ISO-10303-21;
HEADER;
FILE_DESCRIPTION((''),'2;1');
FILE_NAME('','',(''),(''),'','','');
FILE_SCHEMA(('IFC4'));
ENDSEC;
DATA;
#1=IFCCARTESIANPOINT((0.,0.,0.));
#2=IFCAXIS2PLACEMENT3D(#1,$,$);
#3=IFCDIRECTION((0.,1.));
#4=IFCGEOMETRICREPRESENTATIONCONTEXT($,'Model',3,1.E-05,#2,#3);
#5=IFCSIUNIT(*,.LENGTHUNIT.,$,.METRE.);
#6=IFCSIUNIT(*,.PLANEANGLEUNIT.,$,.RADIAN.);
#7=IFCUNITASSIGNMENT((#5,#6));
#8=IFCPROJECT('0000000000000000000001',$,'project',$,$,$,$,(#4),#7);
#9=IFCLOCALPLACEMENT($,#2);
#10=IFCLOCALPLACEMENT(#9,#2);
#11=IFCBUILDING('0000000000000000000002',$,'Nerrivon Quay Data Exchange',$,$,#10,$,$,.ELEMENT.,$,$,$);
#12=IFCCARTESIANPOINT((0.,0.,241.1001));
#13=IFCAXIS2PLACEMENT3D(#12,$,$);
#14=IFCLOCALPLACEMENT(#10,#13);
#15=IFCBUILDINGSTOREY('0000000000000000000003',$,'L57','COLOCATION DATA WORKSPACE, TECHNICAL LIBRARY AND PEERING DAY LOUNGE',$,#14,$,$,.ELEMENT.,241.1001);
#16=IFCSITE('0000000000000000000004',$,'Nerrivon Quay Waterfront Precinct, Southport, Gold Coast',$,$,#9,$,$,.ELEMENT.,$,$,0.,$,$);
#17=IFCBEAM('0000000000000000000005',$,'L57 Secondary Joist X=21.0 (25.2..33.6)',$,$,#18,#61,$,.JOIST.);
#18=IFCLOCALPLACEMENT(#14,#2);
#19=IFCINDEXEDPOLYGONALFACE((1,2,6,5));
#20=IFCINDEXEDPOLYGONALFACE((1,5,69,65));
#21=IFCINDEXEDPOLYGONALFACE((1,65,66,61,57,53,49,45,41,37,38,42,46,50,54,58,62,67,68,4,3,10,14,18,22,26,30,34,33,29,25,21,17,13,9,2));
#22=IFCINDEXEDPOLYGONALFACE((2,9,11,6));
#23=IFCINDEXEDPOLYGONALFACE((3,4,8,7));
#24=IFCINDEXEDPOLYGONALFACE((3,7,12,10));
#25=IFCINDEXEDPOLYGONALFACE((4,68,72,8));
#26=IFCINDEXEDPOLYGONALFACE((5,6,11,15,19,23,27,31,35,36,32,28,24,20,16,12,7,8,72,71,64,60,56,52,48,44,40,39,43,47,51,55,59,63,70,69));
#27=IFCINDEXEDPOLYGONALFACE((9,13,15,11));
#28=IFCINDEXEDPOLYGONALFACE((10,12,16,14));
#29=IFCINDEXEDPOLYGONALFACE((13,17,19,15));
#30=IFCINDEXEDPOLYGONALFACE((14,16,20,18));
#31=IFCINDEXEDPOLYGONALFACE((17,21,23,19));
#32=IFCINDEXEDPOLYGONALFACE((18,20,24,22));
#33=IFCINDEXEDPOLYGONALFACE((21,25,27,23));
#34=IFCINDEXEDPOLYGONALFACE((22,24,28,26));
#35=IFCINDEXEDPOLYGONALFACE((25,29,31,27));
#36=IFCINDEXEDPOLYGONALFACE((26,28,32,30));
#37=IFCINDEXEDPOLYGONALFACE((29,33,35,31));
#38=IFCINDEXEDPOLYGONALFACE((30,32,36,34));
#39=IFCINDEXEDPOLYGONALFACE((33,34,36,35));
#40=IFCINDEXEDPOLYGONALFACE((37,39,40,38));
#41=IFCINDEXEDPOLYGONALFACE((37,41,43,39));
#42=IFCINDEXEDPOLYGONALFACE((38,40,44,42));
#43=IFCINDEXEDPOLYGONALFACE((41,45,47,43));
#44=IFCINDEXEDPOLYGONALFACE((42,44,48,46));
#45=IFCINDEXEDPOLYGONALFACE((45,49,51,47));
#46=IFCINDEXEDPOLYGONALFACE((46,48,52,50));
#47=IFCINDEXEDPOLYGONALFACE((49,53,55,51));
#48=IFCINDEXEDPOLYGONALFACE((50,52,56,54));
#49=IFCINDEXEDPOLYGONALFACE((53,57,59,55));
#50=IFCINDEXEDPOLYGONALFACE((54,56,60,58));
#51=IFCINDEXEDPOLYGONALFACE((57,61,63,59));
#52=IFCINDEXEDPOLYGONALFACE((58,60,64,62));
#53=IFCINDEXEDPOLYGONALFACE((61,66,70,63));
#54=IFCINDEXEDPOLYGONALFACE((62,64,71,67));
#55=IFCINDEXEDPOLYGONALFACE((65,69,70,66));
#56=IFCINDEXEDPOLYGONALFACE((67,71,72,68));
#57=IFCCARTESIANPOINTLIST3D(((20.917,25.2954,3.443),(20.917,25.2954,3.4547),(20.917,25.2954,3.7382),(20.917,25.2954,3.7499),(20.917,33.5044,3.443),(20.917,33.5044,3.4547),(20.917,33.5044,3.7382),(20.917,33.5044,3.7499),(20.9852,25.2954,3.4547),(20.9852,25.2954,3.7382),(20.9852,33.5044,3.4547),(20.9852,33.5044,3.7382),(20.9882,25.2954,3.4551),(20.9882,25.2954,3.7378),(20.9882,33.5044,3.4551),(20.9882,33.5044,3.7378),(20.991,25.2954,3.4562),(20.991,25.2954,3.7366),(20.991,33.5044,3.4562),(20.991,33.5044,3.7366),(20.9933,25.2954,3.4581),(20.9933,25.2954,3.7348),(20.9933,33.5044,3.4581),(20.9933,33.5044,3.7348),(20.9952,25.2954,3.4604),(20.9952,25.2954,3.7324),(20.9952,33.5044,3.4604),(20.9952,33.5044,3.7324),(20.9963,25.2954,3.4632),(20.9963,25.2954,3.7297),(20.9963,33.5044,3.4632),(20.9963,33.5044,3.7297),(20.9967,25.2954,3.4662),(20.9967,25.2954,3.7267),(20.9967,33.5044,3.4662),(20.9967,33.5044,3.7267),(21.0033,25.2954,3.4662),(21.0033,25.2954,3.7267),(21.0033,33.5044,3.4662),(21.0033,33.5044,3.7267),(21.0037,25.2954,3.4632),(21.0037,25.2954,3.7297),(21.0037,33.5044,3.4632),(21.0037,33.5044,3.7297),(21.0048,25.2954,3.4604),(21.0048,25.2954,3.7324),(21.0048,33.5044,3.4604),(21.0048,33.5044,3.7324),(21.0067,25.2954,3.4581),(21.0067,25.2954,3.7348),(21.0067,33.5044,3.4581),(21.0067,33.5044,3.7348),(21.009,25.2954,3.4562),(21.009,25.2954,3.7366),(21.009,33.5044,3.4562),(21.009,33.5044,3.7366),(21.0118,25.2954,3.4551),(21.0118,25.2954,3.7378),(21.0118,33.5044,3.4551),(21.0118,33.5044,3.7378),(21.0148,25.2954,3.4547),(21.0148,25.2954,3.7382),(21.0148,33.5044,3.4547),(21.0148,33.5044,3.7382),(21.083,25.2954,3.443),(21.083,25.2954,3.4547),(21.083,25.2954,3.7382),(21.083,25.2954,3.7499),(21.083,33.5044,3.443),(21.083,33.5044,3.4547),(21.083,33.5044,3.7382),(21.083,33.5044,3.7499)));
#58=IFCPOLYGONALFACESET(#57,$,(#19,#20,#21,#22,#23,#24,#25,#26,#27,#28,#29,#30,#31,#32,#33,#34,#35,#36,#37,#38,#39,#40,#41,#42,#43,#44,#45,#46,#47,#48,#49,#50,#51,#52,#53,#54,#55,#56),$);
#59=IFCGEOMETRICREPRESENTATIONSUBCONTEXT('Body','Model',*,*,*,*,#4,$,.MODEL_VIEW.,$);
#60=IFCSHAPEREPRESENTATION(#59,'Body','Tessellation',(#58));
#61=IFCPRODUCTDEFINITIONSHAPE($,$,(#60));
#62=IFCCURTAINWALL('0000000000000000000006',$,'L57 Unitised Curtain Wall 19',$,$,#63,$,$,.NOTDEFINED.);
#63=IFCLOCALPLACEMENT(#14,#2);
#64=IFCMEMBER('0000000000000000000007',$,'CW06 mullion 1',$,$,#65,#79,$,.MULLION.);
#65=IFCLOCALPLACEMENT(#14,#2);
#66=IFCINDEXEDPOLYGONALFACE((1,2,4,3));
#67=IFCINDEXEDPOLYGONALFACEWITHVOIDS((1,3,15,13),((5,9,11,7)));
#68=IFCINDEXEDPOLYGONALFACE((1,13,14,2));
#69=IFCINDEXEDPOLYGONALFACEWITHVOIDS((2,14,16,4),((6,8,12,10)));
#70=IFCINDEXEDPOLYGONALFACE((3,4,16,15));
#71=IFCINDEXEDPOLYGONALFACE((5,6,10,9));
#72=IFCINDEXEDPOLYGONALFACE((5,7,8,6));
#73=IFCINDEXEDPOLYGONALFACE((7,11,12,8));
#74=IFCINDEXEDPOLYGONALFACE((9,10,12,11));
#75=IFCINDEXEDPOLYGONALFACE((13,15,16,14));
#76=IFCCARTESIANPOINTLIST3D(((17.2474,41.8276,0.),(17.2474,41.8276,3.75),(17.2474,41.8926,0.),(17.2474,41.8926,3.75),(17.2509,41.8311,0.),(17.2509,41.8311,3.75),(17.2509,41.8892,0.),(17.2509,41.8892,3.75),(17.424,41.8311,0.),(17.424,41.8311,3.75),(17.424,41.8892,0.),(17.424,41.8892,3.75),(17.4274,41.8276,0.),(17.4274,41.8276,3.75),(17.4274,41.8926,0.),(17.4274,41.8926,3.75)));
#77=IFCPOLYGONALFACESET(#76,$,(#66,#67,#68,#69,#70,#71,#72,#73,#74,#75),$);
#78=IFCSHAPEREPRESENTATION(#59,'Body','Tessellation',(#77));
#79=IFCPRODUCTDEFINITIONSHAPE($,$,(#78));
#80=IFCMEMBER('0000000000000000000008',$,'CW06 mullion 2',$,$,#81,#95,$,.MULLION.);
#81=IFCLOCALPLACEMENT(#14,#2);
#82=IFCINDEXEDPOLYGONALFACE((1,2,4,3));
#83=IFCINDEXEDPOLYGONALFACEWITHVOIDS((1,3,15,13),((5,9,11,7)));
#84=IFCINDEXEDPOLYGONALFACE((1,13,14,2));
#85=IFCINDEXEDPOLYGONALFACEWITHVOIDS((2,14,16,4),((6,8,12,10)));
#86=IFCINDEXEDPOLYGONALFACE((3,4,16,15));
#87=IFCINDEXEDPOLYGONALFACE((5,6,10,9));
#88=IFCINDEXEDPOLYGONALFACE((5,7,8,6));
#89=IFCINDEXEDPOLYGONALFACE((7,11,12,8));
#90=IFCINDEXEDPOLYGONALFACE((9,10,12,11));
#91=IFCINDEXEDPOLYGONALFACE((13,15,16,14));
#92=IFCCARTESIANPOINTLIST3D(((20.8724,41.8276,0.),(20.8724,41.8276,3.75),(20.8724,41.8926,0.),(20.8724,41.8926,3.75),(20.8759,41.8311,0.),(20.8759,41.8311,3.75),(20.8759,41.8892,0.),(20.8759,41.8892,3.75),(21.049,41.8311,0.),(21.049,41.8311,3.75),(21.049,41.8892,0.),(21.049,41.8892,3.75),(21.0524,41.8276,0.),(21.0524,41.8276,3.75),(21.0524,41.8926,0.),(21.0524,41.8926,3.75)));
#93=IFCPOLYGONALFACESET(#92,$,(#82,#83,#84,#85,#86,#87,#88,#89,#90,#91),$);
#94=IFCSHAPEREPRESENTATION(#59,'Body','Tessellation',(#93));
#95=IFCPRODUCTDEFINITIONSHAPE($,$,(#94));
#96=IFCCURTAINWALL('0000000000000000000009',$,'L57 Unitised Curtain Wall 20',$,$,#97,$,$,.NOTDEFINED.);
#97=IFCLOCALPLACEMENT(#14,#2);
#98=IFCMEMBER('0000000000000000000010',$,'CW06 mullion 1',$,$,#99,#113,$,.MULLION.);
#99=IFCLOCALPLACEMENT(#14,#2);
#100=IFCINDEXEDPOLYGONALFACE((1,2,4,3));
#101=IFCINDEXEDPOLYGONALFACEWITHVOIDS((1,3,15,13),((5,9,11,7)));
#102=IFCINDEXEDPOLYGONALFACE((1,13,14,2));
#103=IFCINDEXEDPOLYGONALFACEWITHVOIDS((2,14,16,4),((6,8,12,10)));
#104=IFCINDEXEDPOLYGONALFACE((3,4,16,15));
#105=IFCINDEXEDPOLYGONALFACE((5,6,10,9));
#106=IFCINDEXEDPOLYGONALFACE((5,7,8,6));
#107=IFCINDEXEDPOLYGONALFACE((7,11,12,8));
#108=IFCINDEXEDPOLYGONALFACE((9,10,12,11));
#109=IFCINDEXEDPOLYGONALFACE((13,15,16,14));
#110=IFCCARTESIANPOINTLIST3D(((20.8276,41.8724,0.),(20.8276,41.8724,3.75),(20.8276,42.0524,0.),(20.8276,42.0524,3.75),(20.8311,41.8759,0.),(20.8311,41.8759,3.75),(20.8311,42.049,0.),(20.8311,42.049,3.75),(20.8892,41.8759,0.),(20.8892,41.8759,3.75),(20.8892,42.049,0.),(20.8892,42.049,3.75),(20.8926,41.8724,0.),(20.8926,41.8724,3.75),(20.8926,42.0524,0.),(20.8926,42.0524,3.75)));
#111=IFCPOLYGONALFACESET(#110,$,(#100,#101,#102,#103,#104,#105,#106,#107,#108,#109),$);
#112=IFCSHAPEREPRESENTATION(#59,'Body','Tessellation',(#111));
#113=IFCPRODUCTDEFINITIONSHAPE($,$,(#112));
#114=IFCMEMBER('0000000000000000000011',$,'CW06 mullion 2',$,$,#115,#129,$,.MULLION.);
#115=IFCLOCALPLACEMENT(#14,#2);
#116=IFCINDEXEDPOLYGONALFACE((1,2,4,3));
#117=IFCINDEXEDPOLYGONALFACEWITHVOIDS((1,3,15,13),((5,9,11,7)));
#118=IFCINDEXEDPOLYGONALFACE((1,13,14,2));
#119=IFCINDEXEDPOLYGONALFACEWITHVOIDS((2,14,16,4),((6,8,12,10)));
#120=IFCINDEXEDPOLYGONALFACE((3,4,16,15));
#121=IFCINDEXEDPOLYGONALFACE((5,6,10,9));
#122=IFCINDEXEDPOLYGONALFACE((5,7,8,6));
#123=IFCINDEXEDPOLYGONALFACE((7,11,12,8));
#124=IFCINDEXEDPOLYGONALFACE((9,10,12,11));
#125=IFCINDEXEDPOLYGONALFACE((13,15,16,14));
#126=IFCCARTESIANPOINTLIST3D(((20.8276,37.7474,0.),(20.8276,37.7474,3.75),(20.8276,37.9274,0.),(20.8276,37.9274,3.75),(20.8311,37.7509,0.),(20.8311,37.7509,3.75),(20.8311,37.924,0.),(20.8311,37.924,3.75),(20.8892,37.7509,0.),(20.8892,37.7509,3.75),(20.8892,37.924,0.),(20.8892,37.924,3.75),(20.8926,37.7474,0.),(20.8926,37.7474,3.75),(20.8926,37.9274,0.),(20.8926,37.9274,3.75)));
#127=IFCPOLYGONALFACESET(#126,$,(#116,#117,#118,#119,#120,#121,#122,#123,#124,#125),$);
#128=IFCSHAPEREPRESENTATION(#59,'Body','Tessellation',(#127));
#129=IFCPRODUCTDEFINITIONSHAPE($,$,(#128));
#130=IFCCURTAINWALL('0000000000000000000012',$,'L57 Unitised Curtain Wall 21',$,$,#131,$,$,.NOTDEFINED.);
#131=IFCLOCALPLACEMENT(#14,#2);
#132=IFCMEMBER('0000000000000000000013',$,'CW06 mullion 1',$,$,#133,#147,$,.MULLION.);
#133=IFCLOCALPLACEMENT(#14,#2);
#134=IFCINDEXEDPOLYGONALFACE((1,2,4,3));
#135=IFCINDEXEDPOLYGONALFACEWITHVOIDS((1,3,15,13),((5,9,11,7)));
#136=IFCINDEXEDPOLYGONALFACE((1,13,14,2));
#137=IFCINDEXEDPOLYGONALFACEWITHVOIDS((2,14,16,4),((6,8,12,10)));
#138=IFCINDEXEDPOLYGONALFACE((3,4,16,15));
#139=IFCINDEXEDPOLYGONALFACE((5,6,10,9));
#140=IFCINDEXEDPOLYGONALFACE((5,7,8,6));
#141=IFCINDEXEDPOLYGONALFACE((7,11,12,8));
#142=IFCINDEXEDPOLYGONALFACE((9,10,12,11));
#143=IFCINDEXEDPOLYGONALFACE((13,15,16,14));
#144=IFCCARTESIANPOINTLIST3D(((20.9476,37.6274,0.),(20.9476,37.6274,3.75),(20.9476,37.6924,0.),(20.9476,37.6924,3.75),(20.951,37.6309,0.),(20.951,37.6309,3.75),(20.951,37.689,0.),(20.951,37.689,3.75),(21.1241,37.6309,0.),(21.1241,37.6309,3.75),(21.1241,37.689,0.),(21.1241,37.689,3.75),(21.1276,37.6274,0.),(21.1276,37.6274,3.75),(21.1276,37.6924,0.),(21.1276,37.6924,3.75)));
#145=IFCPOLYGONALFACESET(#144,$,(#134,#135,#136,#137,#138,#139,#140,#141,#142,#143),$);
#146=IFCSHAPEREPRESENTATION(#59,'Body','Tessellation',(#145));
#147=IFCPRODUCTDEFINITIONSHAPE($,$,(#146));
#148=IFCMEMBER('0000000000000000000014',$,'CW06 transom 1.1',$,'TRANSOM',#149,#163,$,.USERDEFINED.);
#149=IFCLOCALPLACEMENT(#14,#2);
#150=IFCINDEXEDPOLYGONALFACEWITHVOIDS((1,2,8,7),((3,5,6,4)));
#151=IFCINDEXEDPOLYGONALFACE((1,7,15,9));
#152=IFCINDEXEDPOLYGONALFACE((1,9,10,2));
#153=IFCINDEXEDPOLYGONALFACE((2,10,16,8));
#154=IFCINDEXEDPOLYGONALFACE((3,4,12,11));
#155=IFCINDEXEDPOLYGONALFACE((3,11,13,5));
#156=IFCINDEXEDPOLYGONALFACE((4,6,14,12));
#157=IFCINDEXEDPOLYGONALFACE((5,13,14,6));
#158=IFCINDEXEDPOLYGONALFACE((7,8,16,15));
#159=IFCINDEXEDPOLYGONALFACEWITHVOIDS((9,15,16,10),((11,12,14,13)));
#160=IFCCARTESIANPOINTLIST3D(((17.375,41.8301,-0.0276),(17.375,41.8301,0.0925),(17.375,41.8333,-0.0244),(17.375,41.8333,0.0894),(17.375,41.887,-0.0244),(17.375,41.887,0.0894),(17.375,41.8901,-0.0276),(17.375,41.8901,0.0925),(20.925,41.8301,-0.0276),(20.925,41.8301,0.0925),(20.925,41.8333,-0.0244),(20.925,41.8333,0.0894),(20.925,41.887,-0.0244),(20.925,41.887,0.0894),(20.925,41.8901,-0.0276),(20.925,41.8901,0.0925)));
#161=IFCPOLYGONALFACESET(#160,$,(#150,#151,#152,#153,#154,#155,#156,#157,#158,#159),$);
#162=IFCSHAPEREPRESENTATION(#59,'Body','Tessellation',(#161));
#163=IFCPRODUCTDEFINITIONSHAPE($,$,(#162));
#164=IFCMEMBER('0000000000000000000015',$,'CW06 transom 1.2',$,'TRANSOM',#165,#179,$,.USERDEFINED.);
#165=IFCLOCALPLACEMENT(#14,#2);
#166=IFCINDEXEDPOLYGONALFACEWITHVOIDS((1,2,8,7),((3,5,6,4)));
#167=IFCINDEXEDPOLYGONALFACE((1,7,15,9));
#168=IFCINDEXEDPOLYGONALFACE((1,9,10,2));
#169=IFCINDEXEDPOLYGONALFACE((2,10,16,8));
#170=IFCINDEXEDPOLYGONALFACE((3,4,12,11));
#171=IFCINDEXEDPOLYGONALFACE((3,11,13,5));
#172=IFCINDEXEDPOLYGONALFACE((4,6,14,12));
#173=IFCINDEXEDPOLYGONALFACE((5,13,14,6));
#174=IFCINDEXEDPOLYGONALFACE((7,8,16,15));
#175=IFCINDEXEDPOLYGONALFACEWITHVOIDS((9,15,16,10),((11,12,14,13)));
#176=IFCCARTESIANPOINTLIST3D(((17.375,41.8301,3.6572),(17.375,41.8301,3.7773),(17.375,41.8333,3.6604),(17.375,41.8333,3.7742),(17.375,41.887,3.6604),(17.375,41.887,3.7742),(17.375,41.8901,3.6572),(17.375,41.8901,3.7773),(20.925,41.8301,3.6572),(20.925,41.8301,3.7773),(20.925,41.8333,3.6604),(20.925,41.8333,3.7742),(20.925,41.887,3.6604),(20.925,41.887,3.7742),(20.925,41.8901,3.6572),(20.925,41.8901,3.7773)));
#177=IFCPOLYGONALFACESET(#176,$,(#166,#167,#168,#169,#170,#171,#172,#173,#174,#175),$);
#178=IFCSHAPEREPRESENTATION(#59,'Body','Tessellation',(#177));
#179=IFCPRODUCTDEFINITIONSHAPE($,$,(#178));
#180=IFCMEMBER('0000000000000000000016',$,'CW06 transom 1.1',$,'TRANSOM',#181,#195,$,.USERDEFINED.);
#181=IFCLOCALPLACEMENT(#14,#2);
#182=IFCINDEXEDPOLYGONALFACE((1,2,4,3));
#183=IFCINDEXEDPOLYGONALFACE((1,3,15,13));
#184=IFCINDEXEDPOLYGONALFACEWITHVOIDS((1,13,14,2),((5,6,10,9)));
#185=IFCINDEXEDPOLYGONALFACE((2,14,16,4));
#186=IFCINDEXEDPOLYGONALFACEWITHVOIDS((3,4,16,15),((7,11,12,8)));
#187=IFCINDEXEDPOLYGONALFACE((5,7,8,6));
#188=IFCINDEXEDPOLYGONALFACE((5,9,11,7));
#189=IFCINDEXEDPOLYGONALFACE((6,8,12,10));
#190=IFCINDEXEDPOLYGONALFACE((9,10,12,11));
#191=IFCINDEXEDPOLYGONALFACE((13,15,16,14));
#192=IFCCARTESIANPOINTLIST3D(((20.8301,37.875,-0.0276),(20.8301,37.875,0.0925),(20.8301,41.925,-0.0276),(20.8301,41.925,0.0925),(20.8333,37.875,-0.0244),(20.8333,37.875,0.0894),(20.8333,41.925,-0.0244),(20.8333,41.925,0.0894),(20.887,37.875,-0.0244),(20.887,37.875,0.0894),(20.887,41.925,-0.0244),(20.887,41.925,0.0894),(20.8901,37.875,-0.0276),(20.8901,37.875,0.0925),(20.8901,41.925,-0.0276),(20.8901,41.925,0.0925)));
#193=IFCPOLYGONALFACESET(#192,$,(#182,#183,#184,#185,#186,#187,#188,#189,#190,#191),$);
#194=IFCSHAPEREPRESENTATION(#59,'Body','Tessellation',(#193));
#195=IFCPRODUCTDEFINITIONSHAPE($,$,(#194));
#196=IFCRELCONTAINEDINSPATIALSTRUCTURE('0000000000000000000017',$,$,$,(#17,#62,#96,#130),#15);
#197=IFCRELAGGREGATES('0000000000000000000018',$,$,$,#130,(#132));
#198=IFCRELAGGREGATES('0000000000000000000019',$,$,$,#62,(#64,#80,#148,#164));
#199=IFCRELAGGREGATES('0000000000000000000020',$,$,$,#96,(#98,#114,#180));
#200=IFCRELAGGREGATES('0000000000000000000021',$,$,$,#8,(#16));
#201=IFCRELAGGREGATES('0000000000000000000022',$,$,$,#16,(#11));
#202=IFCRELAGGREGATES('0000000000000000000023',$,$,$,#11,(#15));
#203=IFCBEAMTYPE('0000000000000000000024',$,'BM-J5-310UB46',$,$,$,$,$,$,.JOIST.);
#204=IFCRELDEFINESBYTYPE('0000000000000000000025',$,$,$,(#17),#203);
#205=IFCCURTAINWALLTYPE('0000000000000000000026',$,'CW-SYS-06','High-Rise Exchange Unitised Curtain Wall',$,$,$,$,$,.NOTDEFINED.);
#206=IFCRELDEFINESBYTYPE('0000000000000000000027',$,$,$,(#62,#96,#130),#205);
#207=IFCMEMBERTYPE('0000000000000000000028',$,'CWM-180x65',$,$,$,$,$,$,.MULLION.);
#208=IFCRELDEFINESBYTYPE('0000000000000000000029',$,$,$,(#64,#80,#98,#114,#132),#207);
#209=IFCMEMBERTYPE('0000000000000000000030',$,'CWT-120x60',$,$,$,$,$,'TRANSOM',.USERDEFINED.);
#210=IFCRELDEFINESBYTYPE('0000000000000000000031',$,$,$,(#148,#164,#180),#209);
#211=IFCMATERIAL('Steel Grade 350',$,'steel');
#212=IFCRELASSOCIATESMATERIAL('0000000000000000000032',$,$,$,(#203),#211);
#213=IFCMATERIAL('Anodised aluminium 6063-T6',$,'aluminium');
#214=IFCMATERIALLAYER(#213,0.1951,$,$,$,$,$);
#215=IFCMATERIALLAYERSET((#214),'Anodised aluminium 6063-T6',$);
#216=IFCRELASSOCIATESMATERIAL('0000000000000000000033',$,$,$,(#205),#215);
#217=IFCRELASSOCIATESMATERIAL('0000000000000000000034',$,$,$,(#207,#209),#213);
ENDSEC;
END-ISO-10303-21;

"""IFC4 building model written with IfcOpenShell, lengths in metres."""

from ifc_helpers import new_model, si_unit, direction, frame, origin, origin_2d, place, context, subcontext, project, spatial, hollow_rectangle, i_section, extrude, material, layer, layer_set, material_profile, profile_set, type_object, element, aggregate, save


model = new_model("IFC4")

# Units and contexts
model_context = context("Model", 3, precision=1e-05, world=origin(), true_north=direction((0.0, 1.0)))
body_context = subcontext(model_context, "Body", "Model", "MODEL_VIEW")
ifc_project = project(units=[si_unit("LENGTHUNIT", "METRE"), si_unit("PLANEANGLEUNIT", "RADIAN")], contexts=[model_context])

# Site, building, storey
site_placement = place(None, origin())
site = spatial("IfcSite", under=ifc_project, at=site_placement, Name="Nerrivon Quay Waterfront Precinct, Southport, Gold Coast", CompositionType="ELEMENT", RefElevation=0.0)
building_placement = place(site_placement, origin())
building = spatial("IfcBuilding", under=site, at=building_placement, Name="Nerrivon Quay Data Exchange", CompositionType="ELEMENT")
storey_placement = place(building_placement, frame((0.0, 0.0, 241.1001)))
storey = spatial("IfcBuildingStorey", under=building, at=storey_placement, Name="L57", Description="COLOCATION DATA WORKSPACE, TECHNICAL LIBRARY AND PEERING DAY LOUNGE", CompositionType="ELEMENT", Elevation=241.1001)

# Beam
ifc_material_1 = material(Name="Steel Grade 350", Category="steel")
ifc_material_profile_1 = material_profile(ifc_material_1, i_section(OverallWidth=0.166, OverallDepth=0.3069, WebThickness=0.0066, FlangeThickness=0.0117, FilletRadius=0.0115, at=origin_2d()), Name="310UB46.2")
ifc_profile_set_1 = profile_set([ifc_material_profile_1], Name="Steel Grade 350")
beam_type_1 = type_object("IfcBeamType", Name="BM-J5-310UB46", PredefinedType="JOIST", material=ifc_profile_set_1)
beam_1_placement = place(storey_placement, frame((21.0, 25.2954, 3.5964), z_axis=(0.0, 1.0, 0.0), x_axis=(-1.0, 0.0, 0.0)))
element("IfcBeam", 1, at=beam_1_placement, inside=storey, type_object=beam_type_1, Name="L57 Secondary Joist X=21.0 (25.2..33.6)", PredefinedType="JOIST", context=body_context, shape_type="SweptSolid", body=[
    extrude(i_section(OverallWidth=0.166, OverallDepth=0.3069, WebThickness=0.0066, FlangeThickness=0.0117, FilletRadius=0.0115, at=origin_2d()), origin(), (0.0, 0.0, 1.0), 8.209),
])

# Curtain walls, members
ifc_material_2 = material(Name="Anodised aluminium 6063-T6", Category="aluminium")
ifc_layer_1 = layer(ifc_material_2, 0.1951)
ifc_layer_set_1 = layer_set([ifc_layer_1], Name="Anodised aluminium 6063-T6")
curtain_wall_type = type_object("IfcCurtainWallType", Name="CW-SYS-06", Description="High-Rise Exchange Unitised Curtain Wall", PredefinedType="NOTDEFINED", material=ifc_layer_set_1)
curtain_wall_1_placement = place(storey_placement, origin())
curtain_wall_1 = element("IfcCurtainWall", 2, at=curtain_wall_1_placement, inside=storey, type_object=curtain_wall_type, Name="L57 Unitised Curtain Wall 19", PredefinedType="NOTDEFINED")
ifc_material_profile_2 = material_profile(ifc_material_2, hollow_rectangle(XDim=0.0649, YDim=0.1799, WallThickness=0.0034, at=origin_2d()), Name="ALU-MULL-180x65")
ifc_profile_set_2 = profile_set([ifc_material_profile_2], Name="Anodised aluminium 6063-T6")
member_type_1 = type_object("IfcMemberType", Name="CWM-180x65", PredefinedType="MULLION", material=ifc_profile_set_2)
member_1_placement = place(storey_placement, frame((17.3374, 41.8601, 0.0), z_axis=(0.0, 0.0, 1.0), x_axis=(0.0, 1.0, 0.0)))
member_1 = element("IfcMember", 3, at=member_1_placement, type_object=member_type_1, Name="CW06 mullion 1", PredefinedType="MULLION", context=body_context, shape_type="SweptSolid", body=[
    extrude(hollow_rectangle(XDim=0.0649, YDim=0.1799, WallThickness=0.0034, at=origin_2d()), origin(), (0.0, 0.0, 1.0), 3.75),
])
member_2_placement = place(storey_placement, frame((20.9624, 41.8601, 0.0), z_axis=(0.0, 0.0, 1.0), x_axis=(0.0, 1.0, 0.0)))
member_2 = element("IfcMember", 4, at=member_2_placement, type_object=member_type_1, Name="CW06 mullion 2", PredefinedType="MULLION", context=body_context, shape_type="SweptSolid", body=[
    extrude(hollow_rectangle(XDim=0.0649, YDim=0.1799, WallThickness=0.0034, at=origin_2d()), origin(), (0.0, 0.0, 1.0), 3.75),
])
curtain_wall_2_placement = place(storey_placement, origin())
curtain_wall_2 = element("IfcCurtainWall", 5, at=curtain_wall_2_placement, inside=storey, type_object=curtain_wall_type, Name="L57 Unitised Curtain Wall 20", PredefinedType="NOTDEFINED")
member_3_placement = place(storey_placement, frame((20.8601, 41.9624, 0.0), z_axis=(0.0, 0.0, 1.0), x_axis=(1.0, 0.0, 0.0)))
member_3 = element("IfcMember", 6, at=member_3_placement, type_object=member_type_1, Name="CW06 mullion 1", PredefinedType="MULLION", context=body_context, shape_type="SweptSolid", body=[
    extrude(hollow_rectangle(XDim=0.0649, YDim=0.1799, WallThickness=0.0034, at=origin_2d()), origin(), (0.0, 0.0, 1.0), 3.75),
])
member_4_placement = place(storey_placement, frame((20.8601, 37.8374, 0.0), z_axis=(0.0, 0.0, 1.0), x_axis=(1.0, 0.0, 0.0)))
member_4 = element("IfcMember", 7, at=member_4_placement, type_object=member_type_1, Name="CW06 mullion 2", PredefinedType="MULLION", context=body_context, shape_type="SweptSolid", body=[
    extrude(hollow_rectangle(XDim=0.0649, YDim=0.1799, WallThickness=0.0034, at=origin_2d()), origin(), (0.0, 0.0, 1.0), 3.75),
])

# Curtain wall, member
curtain_wall_3_placement = place(storey_placement, origin())
curtain_wall_3 = element("IfcCurtainWall", 8, at=curtain_wall_3_placement, inside=storey, type_object=curtain_wall_type, Name="L57 Unitised Curtain Wall 21", PredefinedType="NOTDEFINED")
member_5_placement = place(storey_placement, frame((21.0376, 37.6599, 0.0), z_axis=(0.0, 0.0, 1.0), x_axis=(0.0, 1.0, 0.0)))
member_5 = element("IfcMember", 9, at=member_5_placement, type_object=member_type_1, Name="CW06 mullion 1", PredefinedType="MULLION", context=body_context, shape_type="SweptSolid", body=[
    extrude(hollow_rectangle(XDim=0.0649, YDim=0.1799, WallThickness=0.0034, at=origin_2d()), origin(), (0.0, 0.0, 1.0), 3.75),
])
aggregate(curtain_wall_3, [member_5])

# Members
ifc_material_profile_3 = material_profile(ifc_material_2, hollow_rectangle(XDim=0.0601, YDim=0.1201, WallThickness=0.0032, at=origin_2d()), Name="ALU-TRAN-120x60")
ifc_profile_set_3 = profile_set([ifc_material_profile_3], Name="Anodised aluminium 6063-T6")
member_type_2 = type_object("IfcMemberType", Name="CWT-120x60", ElementType="TRANSOM", PredefinedType="USERDEFINED", material=ifc_profile_set_3)
member_6_placement = place(storey_placement, frame((17.375, 41.8601, 0.0325), z_axis=(1.0, 0.0, 0.0), x_axis=(0.0, 1.0, 0.0)))
member_6 = element("IfcMember", 10, at=member_6_placement, type_object=member_type_2, Name="CW06 transom 1.1", ObjectType="TRANSOM", PredefinedType="USERDEFINED", context=body_context, shape_type="SweptSolid", body=[
    extrude(hollow_rectangle(XDim=0.0601, YDim=0.1201, WallThickness=0.0032, at=origin_2d()), origin(), (0.0, 0.0, 1.0), 3.55),
])
member_7_placement = place(storey_placement, frame((17.375, 41.8601, 3.7173), z_axis=(1.0, 0.0, 0.0), x_axis=(0.0, 1.0, 0.0)))
member_7 = element("IfcMember", 11, at=member_7_placement, type_object=member_type_2, Name="CW06 transom 1.2", ObjectType="TRANSOM", PredefinedType="USERDEFINED", context=body_context, shape_type="SweptSolid", body=[
    extrude(hollow_rectangle(XDim=0.0601, YDim=0.1201, WallThickness=0.0032, at=origin_2d()), origin(), (0.0, 0.0, 1.0), 3.55),
])
member_8_placement = place(storey_placement, frame((20.8601, 41.925, 0.0325), z_axis=(0.0, -1.0, 0.0), x_axis=(1.0, 0.0, 0.0)))
member_8 = element("IfcMember", 12, at=member_8_placement, type_object=member_type_2, Name="CW06 transom 1.1", ObjectType="TRANSOM", PredefinedType="USERDEFINED", context=body_context, shape_type="SweptSolid", body=[
    extrude(hollow_rectangle(XDim=0.0601, YDim=0.1201, WallThickness=0.0032, at=origin_2d()), origin(), (0.0, 0.0, 1.0), 4.05),
])

aggregate(curtain_wall_1, [member_1, member_2, member_6, member_7])
aggregate(curtain_wall_2, [member_3, member_4, member_8])

save(model, "model.ifc")
